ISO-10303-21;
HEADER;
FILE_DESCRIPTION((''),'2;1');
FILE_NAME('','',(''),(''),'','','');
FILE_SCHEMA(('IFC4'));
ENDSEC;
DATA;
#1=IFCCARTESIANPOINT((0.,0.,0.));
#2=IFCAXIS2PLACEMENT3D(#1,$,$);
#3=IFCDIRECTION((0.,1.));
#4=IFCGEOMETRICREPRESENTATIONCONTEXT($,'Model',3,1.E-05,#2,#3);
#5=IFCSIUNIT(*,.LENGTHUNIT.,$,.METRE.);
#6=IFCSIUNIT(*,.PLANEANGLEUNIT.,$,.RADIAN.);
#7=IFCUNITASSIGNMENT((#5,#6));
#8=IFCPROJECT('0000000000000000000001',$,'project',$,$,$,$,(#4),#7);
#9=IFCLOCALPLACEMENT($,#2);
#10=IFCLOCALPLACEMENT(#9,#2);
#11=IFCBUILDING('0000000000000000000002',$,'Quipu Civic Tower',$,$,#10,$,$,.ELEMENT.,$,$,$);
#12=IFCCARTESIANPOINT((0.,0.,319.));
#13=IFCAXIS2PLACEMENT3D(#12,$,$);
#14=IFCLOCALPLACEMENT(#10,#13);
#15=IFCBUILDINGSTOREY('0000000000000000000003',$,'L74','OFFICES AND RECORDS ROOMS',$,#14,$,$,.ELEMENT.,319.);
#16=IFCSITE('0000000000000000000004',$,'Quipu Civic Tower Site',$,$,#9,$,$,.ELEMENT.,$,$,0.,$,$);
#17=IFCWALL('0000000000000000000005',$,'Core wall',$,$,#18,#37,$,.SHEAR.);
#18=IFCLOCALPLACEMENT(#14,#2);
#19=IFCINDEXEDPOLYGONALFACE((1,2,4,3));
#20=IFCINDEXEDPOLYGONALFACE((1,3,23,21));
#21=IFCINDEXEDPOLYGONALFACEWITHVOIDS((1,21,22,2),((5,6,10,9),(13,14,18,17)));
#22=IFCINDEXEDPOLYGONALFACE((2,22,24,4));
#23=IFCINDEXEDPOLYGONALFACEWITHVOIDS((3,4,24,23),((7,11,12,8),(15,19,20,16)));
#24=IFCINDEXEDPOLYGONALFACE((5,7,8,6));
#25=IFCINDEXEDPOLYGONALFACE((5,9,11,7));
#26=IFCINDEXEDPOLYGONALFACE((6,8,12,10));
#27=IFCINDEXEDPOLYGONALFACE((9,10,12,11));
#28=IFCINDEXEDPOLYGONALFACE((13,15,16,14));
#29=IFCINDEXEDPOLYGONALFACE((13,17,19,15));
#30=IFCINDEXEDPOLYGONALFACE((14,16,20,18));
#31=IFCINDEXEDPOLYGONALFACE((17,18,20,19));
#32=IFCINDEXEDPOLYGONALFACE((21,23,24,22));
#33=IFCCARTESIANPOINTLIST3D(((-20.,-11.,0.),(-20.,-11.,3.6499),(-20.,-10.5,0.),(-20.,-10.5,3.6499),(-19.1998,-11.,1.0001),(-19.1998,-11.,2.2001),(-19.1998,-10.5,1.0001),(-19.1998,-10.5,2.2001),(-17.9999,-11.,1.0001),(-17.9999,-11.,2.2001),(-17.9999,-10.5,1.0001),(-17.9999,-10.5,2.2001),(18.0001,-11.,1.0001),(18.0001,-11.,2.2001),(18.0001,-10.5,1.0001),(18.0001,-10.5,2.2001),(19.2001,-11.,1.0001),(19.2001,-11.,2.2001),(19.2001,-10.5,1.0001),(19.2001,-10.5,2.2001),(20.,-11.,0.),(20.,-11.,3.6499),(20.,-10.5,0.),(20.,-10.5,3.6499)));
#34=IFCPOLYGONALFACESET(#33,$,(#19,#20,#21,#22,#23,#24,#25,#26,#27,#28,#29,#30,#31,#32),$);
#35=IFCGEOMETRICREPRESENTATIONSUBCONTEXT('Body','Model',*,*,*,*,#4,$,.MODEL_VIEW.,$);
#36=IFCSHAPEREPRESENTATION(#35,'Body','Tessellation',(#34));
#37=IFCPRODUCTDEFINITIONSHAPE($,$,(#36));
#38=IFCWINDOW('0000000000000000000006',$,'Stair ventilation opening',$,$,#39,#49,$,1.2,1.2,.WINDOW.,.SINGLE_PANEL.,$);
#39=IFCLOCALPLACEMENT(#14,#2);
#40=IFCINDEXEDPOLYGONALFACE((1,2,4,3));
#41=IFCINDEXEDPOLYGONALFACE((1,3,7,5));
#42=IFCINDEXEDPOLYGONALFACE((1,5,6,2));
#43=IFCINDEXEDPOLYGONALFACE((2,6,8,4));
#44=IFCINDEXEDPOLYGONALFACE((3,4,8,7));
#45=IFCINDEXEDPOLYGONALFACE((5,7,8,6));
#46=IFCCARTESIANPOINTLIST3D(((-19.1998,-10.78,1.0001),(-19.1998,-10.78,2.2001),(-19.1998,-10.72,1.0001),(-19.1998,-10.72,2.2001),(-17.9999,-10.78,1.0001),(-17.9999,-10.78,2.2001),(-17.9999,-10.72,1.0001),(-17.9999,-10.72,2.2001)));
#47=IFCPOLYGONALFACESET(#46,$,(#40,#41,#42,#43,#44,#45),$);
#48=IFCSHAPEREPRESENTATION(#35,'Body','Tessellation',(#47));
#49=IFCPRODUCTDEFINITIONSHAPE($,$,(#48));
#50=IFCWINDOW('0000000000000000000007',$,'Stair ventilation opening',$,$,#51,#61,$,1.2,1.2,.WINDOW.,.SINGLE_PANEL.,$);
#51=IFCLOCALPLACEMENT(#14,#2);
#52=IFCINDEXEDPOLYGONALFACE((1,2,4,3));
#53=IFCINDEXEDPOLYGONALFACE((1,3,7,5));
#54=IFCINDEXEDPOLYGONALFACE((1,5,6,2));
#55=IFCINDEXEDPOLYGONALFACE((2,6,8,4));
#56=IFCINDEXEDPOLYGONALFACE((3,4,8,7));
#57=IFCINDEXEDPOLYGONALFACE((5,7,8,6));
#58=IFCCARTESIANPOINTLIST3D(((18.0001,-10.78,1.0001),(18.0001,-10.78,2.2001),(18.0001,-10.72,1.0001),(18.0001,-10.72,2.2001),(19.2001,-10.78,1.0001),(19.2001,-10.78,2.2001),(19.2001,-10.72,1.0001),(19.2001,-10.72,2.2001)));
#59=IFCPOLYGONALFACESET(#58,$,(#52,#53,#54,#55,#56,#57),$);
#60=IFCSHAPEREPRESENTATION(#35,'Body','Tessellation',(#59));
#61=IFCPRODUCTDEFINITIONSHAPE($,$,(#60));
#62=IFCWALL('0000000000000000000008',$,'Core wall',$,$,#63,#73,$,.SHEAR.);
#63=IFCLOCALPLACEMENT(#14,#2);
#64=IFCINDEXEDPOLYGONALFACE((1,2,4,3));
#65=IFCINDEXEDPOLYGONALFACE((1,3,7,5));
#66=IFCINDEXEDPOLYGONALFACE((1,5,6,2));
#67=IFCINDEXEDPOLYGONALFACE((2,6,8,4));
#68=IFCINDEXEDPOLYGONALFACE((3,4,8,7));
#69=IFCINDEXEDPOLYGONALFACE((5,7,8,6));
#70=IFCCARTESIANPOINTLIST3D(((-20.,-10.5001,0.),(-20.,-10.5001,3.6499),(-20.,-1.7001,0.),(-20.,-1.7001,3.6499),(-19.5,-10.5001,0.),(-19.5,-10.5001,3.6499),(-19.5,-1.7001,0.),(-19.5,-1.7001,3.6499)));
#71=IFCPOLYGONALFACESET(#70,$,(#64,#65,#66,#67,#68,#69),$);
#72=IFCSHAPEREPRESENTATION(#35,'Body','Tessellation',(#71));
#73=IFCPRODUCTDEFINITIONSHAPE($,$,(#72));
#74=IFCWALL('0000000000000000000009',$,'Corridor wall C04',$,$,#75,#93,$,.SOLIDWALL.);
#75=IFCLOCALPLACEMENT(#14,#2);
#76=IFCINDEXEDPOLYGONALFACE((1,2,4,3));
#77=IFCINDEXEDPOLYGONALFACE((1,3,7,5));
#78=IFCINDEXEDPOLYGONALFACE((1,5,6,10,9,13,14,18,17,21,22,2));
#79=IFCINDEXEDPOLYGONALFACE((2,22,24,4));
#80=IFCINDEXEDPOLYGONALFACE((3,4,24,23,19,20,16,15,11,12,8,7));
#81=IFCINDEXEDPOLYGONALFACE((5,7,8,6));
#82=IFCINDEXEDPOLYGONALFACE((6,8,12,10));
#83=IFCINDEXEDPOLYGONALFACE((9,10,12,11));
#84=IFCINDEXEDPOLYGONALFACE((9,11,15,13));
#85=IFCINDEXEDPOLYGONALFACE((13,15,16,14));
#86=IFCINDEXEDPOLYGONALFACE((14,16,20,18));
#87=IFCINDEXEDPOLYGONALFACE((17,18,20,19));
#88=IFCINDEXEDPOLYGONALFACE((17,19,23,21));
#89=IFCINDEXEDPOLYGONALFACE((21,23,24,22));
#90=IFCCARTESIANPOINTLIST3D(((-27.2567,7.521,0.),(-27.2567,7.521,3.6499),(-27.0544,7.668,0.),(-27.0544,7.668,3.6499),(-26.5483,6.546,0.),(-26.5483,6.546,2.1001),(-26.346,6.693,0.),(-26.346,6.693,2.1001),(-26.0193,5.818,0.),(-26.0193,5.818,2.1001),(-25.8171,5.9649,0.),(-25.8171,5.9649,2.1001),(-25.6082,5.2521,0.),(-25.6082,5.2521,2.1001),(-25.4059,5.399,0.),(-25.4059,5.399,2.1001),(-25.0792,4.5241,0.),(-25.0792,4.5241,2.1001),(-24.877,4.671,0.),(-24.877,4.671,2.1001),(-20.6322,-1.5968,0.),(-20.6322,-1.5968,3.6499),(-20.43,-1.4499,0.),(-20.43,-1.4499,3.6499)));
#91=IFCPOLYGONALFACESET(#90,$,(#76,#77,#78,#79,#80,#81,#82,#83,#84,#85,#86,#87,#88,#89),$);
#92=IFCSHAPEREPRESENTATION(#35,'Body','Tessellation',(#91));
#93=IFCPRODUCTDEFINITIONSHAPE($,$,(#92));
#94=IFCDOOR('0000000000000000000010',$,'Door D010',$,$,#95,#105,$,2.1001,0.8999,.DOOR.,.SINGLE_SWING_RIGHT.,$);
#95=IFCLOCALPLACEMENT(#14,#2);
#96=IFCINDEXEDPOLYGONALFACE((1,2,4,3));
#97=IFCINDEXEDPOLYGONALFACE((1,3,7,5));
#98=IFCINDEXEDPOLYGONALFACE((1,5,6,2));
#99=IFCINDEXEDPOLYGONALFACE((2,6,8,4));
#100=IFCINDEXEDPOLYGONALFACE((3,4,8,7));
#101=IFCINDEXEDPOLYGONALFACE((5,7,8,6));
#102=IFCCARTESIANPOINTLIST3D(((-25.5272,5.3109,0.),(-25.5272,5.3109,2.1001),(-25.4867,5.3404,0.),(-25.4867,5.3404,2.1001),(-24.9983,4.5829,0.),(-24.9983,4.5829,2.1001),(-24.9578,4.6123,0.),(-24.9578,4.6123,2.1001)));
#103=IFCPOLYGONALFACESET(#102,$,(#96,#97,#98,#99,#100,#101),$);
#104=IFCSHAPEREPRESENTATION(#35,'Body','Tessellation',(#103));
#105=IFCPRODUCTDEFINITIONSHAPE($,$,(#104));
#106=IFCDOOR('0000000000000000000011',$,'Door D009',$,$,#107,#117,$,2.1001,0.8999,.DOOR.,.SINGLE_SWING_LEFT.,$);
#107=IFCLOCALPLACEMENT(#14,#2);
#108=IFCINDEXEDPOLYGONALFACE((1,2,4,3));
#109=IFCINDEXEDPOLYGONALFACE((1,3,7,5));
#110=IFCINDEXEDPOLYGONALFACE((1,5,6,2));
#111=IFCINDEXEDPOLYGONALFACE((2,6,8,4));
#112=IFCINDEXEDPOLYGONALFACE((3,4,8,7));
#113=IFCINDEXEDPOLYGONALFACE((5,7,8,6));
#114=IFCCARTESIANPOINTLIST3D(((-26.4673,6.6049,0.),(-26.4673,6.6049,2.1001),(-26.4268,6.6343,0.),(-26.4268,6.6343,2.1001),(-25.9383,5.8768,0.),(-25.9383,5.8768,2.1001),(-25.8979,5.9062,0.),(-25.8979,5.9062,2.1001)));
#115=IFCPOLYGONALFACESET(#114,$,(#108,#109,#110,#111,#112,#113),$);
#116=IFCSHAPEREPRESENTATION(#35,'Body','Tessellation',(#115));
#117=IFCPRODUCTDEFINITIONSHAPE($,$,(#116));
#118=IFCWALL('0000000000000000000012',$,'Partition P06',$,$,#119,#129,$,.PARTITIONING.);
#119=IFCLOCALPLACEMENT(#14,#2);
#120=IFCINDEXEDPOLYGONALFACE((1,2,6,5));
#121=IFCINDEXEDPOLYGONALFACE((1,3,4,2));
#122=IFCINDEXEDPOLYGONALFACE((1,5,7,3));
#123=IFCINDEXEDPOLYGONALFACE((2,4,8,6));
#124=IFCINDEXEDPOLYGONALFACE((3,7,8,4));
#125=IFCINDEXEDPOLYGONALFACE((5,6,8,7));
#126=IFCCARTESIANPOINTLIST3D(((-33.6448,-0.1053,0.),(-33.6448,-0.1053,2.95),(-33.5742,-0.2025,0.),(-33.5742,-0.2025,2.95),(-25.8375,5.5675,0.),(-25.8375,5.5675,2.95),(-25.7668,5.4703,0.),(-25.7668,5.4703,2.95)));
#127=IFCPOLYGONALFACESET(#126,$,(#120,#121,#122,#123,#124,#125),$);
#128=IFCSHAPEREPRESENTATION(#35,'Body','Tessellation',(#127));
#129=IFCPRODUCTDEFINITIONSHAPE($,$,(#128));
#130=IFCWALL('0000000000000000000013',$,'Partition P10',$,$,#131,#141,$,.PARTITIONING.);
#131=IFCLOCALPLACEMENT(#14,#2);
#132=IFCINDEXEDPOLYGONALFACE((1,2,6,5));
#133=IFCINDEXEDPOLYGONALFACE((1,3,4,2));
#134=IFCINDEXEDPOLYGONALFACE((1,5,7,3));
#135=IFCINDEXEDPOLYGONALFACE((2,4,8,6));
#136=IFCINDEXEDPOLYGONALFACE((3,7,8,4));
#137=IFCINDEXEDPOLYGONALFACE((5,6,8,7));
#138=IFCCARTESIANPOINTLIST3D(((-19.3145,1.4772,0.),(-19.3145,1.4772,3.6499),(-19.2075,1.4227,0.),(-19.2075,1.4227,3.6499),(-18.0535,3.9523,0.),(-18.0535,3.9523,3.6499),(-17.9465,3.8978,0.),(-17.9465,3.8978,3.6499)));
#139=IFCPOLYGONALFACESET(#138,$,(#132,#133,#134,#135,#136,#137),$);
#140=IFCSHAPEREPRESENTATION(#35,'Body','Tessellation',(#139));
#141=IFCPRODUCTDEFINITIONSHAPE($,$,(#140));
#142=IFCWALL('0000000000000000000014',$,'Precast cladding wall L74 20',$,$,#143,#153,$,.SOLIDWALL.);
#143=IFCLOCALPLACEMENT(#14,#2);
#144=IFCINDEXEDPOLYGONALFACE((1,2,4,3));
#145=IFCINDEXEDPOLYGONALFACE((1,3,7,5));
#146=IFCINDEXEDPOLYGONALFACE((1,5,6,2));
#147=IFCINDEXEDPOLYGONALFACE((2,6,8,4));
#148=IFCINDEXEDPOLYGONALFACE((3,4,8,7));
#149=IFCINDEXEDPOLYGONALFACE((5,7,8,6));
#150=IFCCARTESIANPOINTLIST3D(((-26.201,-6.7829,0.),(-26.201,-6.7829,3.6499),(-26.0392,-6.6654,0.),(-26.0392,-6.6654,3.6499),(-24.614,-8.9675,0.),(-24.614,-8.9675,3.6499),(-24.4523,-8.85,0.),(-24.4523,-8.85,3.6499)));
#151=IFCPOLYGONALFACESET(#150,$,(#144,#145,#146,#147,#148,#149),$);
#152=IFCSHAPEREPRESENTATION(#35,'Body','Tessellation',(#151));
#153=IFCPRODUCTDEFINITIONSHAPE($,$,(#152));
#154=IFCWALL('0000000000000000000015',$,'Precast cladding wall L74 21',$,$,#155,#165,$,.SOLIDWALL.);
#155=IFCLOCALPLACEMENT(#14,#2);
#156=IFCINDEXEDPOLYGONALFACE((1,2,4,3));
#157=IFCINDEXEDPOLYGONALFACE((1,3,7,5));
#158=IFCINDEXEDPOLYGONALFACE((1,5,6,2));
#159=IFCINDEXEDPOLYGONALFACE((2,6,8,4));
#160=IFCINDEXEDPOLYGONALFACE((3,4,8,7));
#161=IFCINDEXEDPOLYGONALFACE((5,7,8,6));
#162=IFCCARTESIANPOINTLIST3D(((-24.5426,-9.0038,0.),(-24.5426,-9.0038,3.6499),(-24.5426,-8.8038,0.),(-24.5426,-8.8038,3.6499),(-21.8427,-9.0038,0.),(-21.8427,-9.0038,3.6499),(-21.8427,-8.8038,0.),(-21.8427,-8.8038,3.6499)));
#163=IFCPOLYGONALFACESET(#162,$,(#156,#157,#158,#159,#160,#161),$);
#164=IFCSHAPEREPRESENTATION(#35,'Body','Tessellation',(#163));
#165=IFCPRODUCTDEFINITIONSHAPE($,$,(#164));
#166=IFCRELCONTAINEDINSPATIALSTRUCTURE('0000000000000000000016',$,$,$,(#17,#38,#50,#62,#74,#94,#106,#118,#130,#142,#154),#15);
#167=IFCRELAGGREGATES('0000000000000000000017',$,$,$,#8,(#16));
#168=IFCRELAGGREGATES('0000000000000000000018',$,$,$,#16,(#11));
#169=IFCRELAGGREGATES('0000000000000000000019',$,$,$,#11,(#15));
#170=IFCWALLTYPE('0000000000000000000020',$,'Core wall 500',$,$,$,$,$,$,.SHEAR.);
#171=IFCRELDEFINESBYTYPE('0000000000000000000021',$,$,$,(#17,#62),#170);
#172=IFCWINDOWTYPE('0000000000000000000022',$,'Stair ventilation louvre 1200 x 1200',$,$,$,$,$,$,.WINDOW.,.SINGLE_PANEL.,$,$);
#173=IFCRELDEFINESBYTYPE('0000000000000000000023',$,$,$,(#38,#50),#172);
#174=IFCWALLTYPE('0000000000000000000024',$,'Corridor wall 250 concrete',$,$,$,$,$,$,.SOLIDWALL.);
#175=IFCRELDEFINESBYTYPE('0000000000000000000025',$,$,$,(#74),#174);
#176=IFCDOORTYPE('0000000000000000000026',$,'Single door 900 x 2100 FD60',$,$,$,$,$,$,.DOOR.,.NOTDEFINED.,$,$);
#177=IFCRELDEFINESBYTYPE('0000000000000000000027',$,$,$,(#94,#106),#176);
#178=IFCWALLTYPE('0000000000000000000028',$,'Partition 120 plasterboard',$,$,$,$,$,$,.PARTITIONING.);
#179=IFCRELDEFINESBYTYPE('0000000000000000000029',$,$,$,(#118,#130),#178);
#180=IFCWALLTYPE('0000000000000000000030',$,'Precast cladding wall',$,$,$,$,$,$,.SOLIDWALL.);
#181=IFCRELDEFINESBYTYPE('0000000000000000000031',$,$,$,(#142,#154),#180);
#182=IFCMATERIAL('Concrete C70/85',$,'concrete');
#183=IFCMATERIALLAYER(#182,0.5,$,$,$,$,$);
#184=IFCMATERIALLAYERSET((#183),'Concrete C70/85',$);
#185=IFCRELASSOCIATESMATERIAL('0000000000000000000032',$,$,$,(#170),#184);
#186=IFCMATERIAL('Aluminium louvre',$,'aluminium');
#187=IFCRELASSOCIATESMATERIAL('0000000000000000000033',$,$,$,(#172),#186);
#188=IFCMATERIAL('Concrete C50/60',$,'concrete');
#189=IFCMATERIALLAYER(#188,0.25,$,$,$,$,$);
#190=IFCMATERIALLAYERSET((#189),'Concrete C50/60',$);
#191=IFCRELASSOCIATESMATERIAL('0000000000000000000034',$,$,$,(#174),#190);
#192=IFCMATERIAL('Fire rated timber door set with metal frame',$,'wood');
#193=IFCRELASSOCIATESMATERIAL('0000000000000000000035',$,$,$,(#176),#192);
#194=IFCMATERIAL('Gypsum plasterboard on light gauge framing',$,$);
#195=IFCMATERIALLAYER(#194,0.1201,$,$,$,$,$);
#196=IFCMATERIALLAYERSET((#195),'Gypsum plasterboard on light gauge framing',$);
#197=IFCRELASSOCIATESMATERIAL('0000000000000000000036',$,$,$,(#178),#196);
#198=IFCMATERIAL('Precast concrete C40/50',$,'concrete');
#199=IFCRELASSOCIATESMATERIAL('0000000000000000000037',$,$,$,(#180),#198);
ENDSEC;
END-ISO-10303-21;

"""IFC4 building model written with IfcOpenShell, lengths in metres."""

from ifc_helpers import new_model, si_unit, direction, frame, frame_2d, origin, place, context, subcontext, project, spatial, rectangle, extrude, material, layer, layer_set, type_object, element, fill, save


model = new_model("IFC4")

# Units and contexts
model_context = context("Model", 3, precision=1e-05, world=origin(), true_north=direction((0.0, 1.0)))
body_context = subcontext(model_context, "Body", "Model", "MODEL_VIEW")
ifc_project = project(units=[si_unit("LENGTHUNIT", "METRE"), si_unit("PLANEANGLEUNIT", "RADIAN")], contexts=[model_context])

# Site, building, storey
site_placement = place(None, origin())
site = spatial("IfcSite", under=ifc_project, at=site_placement, Name="Quipu Civic Tower Site", CompositionType="ELEMENT", RefElevation=0.0)
building_placement = place(site_placement, origin())
building = spatial("IfcBuilding", under=site, at=building_placement, Name="Quipu Civic Tower", CompositionType="ELEMENT")
storey_placement = place(building_placement, frame((0.0, 0.0, 319.0)))
storey = spatial("IfcBuildingStorey", under=building, at=storey_placement, Name="L74", Description="OFFICES AND RECORDS ROOMS", CompositionType="ELEMENT", Elevation=319.0)

# Wall, openings, windows
ifc_material_1 = material(Name="Concrete C70/85", Category="concrete")
ifc_layer_1 = layer(ifc_material_1, 0.5)
ifc_layer_set_1 = layer_set([ifc_layer_1], Name="Concrete C70/85")
wall_type_1 = type_object("IfcWallType", Name="Core wall 500", PredefinedType="SHEAR", material=ifc_layer_set_1)
wall_1_placement = place(storey_placement, frame((-20.0, -10.75, 0.0), z_axis=(0.0, 0.0, 1.0), x_axis=(1.0, 0.0, 0.0)))
wall_1 = element("IfcWall", 1, at=wall_1_placement, inside=storey, type_object=wall_type_1, Name="Core wall", PredefinedType="SHEAR", context=body_context, shape_type="SweptSolid", body=[
    extrude(rectangle(XDim=40.0, YDim=0.5, at=frame_2d((20.0, 0.0))), origin(), (0.0, 0.0, 1.0), 3.6499),
])
opening_1_placement = place(wall_1_placement, frame((0.8, 0.0, 1.0)))
opening_1 = element("IfcOpeningElement", 2, at=opening_1_placement, cuts=wall_1, PredefinedType="OPENING", context=body_context, shape_type="SweptSolid", body=[
    extrude(rectangle(XDim=1.2, YDim=1.2, at=frame_2d((0.6001, 0.6001))), frame((0.0, 0.26, 0.0), z_axis=(0.0, -1.0, 0.0), x_axis=(1.0, 0.0, 0.0)), (0.0, 0.0, 1.0), 0.52),
])
opening_2_placement = place(wall_1_placement, frame((38.0, 0.0, 1.0)))
opening_2 = element("IfcOpeningElement", 3, at=opening_2_placement, cuts=wall_1, PredefinedType="OPENING", context=body_context, shape_type="SweptSolid", body=[
    extrude(rectangle(XDim=1.2, YDim=1.2, at=frame_2d((0.6001, 0.6001))), frame((0.0, 0.26, 0.0), z_axis=(0.0, -1.0, 0.0), x_axis=(1.0, 0.0, 0.0)), (0.0, 0.0, 1.0), 0.52),
])
ifc_material_2 = material(Name="Aluminium louvre", Category="aluminium")
window_type = type_object("IfcWindowType", Name="Stair ventilation louvre 1200 x 1200", PartitioningType="SINGLE_PANEL", PredefinedType="WINDOW", material=ifc_material_2)
window_1_placement = place(opening_1_placement, origin())
window_1 = element("IfcWindow", 4, at=window_1_placement, inside=storey, type_object=window_type, Name="Stair ventilation opening", OverallHeight=1.2, OverallWidth=1.2, PartitioningType="SINGLE_PANEL", PredefinedType="WINDOW", context=body_context, shape_type="SweptSolid", body=[
    extrude(rectangle(XDim=1.2, YDim=1.2, at=frame_2d((0.6001, 0.6001))), frame((0.0, 0.03, 0.0), z_axis=(0.0, -1.0, 0.0), x_axis=(1.0, 0.0, 0.0)), (0.0, 0.0, 1.0), 0.0601),
])
fill(opening_1, window_1)
window_2_placement = place(opening_2_placement, origin())
window_2 = element("IfcWindow", 5, at=window_2_placement, inside=storey, type_object=window_type, Name="Stair ventilation opening", OverallHeight=1.2, OverallWidth=1.2, PartitioningType="SINGLE_PANEL", PredefinedType="WINDOW", context=body_context, shape_type="SweptSolid", body=[
    extrude(rectangle(XDim=1.2, YDim=1.2, at=frame_2d((0.6001, 0.6001))), frame((0.0, 0.03, 0.0), z_axis=(0.0, -1.0, 0.0), x_axis=(1.0, 0.0, 0.0)), (0.0, 0.0, 1.0), 0.0601),
])
fill(opening_2, window_2)

# Wall
wall_2_placement = place(storey_placement, frame((-19.75, -10.5, 0.0), z_axis=(0.0, 0.0, 1.0), x_axis=(0.0, 1.0, 0.0)))
element("IfcWall", 6, at=wall_2_placement, inside=storey, type_object=wall_type_1, Name="Core wall", PredefinedType="SHEAR", context=body_context, shape_type="SweptSolid", body=[
    extrude(rectangle(XDim=8.8, YDim=0.5, at=frame_2d((4.3999, 0.0))), origin(), (0.0, 0.0, 1.0), 3.6499),
])

# Wall, openings, doors
ifc_material_3 = material(Name="Concrete C50/60", Category="concrete")
ifc_layer_2 = layer(ifc_material_3, 0.25)
ifc_layer_set_2 = layer_set([ifc_layer_2], Name="Concrete C50/60")
wall_type_2 = type_object("IfcWallType", Name="Corridor wall 250 concrete", PredefinedType="SOLIDWALL", material=ifc_layer_set_2)
wall_3_placement = place(storey_placement, frame((-20.531, -1.5234, 0.0), z_axis=(0.0, 0.0, 1.0), x_axis=(-0.587783, 0.809019, 0.0)))
wall_3 = element("IfcWall", 7, at=wall_3_placement, inside=storey, type_object=wall_type_2, Name="Corridor wall C04", PredefinedType="SOLIDWALL", context=body_context, shape_type="SweptSolid", body=[
    extrude(rectangle(XDim=11.2703, YDim=0.25, at=frame_2d((5.6353, 0.0))), origin(), (0.0, 0.0, 1.0), 3.6499),
])
opening_3_placement = place(wall_3_placement, frame((7.5659, 0.0, 0.0)))
opening_3 = element("IfcOpeningElement", 8, at=opening_3_placement, cuts=wall_3, PredefinedType="OPENING", context=body_context, shape_type="SweptSolid", body=[
    extrude(rectangle(XDim=0.8999, YDim=2.1001, at=frame_2d((0.45, 1.05))), frame((0.0, 0.135, 0.0), z_axis=(0.0, -1.0, 0.0), x_axis=(1.0, 0.0, 0.0)), (0.0, 0.0, 1.0), 0.27),
])
opening_4_placement = place(wall_3_placement, frame((9.1653, 0.0, 0.0)))
opening_4 = element("IfcOpeningElement", 9, at=opening_4_placement, cuts=wall_3, PredefinedType="OPENING", context=body_context, shape_type="SweptSolid", body=[
    extrude(rectangle(XDim=0.8999, YDim=2.1001, at=frame_2d((0.45, 1.05))), frame((0.0, 0.135, 0.0), z_axis=(0.0, -1.0, 0.0), x_axis=(1.0, 0.0, 0.0)), (0.0, 0.0, 1.0), 0.27),
])
ifc_material_4 = material(Name="Fire rated timber door set with metal frame", Category="wood")
door_type_1 = type_object("IfcDoorType", Name="Single door 900 x 2100 FD60", OperationType="NOTDEFINED", PredefinedType="DOOR", material=ifc_material_4)
door_1_placement = place(opening_3_placement, origin())
door_1 = element("IfcDoor", 10, at=door_1_placement, inside=storey, type_object=door_type_1, Name="Door D010", OperationType="SINGLE_SWING_RIGHT", OverallHeight=2.1001, OverallWidth=0.8999, PredefinedType="DOOR", context=body_context, shape_type="SweptSolid", body=[
    extrude(rectangle(XDim=0.8999, YDim=2.1001, at=frame_2d((0.45, 1.05))), frame((0.0, 0.0249, 0.0), z_axis=(0.0, -1.0, 0.0), x_axis=(1.0, 0.0, 0.0)), (0.0, 0.0, 1.0), 0.05),
])
fill(opening_3, door_1)
door_2_placement = place(opening_4_placement, origin())
door_2 = element("IfcDoor", 11, at=door_2_placement, inside=storey, type_object=door_type_1, Name="Door D009", OperationType="SINGLE_SWING_LEFT", OverallHeight=2.1001, OverallWidth=0.8999, PredefinedType="DOOR", context=body_context, shape_type="SweptSolid", body=[
    extrude(rectangle(XDim=0.8999, YDim=2.1001, at=frame_2d((0.45, 1.05))), frame((0.0, 0.0249, 0.0), z_axis=(0.0, -1.0, 0.0), x_axis=(1.0, 0.0, 0.0)), (0.0, 0.0, 1.0), 0.05),
])
fill(opening_4, door_2)

# Walls
ifc_material_5 = material(Name="Gypsum plasterboard on light gauge framing")
ifc_layer_3 = layer(ifc_material_5, 0.1201)
ifc_layer_set_3 = layer_set([ifc_layer_3], Name="Gypsum plasterboard on light gauge framing")
wall_type_3 = type_object("IfcWallType", Name="Partition 120 plasterboard", PredefinedType="PARTITIONING", material=ifc_layer_set_3)
wall_4_placement = place(storey_placement, frame((-25.8022, 5.5188, 0.0), z_axis=(0.0, 0.0, 1.0), x_axis=(-0.808994, -0.587817, 0.0)))
element("IfcWall", 12, at=wall_4_placement, inside=storey, type_object=wall_type_3, Name="Partition P06", PredefinedType="PARTITIONING", context=body_context, shape_type="SweptSolid", body=[
    extrude(rectangle(XDim=9.6506, YDim=0.1201, at=frame_2d((4.8252, 0.0))), origin(), (0.0, 0.0, 1.0), 2.95),
])
wall_5_placement = place(storey_placement, frame((-19.261, 1.45, 0.0), z_axis=(0.0, 0.0, 1.0), x_axis=(0.453951, 0.891027, 0.0)))
element("IfcWall", 13, at=wall_5_placement, inside=storey, type_object=wall_type_3, Name="Partition P10", PredefinedType="PARTITIONING", context=body_context, shape_type="SweptSolid", body=[
    extrude(rectangle(XDim=2.7778, YDim=0.1201, at=frame_2d((1.3889, 0.0))), origin(), (0.0, 0.0, 1.0), 3.6499),
])
ifc_material_6 = material(Name="Precast concrete C40/50", Category="concrete")
wall_type_4 = type_object("IfcWallType", Name="Precast cladding wall", PredefinedType="SOLIDWALL", material=ifc_material_6)
wall_6_placement = place(storey_placement, frame((-26.1201, -6.7241, 0.0), z_axis=(0.0, 0.0, 1.0), x_axis=(0.58772, -0.809064, 0.0)))
element("IfcWall", 14, at=wall_6_placement, inside=storey, type_object=wall_type_4, Name="Precast cladding wall L74 20", PredefinedType="SOLIDWALL", context=body_context, shape_type="SweptSolid", body=[
    extrude(rectangle(XDim=2.7002, YDim=0.2, at=frame_2d((1.3501, 0.0))), origin(), (0.0, 0.0, 1.0), 3.6499),
])
wall_7_placement = place(storey_placement, frame((-24.5427, -8.9038, 0.0), z_axis=(0.0, 0.0, 1.0), x_axis=(1.0, 0.0, 0.0)))
element("IfcWall", 15, at=wall_7_placement, inside=storey, type_object=wall_type_4, Name="Precast cladding wall L74 21", PredefinedType="SOLIDWALL", context=body_context, shape_type="SweptSolid", body=[
    extrude(rectangle(XDim=2.7, YDim=0.2, at=frame_2d((1.3501, 0.0))), origin(), (0.0, 0.0, 1.0), 3.6499),
])

save(model, "model.ifc")
